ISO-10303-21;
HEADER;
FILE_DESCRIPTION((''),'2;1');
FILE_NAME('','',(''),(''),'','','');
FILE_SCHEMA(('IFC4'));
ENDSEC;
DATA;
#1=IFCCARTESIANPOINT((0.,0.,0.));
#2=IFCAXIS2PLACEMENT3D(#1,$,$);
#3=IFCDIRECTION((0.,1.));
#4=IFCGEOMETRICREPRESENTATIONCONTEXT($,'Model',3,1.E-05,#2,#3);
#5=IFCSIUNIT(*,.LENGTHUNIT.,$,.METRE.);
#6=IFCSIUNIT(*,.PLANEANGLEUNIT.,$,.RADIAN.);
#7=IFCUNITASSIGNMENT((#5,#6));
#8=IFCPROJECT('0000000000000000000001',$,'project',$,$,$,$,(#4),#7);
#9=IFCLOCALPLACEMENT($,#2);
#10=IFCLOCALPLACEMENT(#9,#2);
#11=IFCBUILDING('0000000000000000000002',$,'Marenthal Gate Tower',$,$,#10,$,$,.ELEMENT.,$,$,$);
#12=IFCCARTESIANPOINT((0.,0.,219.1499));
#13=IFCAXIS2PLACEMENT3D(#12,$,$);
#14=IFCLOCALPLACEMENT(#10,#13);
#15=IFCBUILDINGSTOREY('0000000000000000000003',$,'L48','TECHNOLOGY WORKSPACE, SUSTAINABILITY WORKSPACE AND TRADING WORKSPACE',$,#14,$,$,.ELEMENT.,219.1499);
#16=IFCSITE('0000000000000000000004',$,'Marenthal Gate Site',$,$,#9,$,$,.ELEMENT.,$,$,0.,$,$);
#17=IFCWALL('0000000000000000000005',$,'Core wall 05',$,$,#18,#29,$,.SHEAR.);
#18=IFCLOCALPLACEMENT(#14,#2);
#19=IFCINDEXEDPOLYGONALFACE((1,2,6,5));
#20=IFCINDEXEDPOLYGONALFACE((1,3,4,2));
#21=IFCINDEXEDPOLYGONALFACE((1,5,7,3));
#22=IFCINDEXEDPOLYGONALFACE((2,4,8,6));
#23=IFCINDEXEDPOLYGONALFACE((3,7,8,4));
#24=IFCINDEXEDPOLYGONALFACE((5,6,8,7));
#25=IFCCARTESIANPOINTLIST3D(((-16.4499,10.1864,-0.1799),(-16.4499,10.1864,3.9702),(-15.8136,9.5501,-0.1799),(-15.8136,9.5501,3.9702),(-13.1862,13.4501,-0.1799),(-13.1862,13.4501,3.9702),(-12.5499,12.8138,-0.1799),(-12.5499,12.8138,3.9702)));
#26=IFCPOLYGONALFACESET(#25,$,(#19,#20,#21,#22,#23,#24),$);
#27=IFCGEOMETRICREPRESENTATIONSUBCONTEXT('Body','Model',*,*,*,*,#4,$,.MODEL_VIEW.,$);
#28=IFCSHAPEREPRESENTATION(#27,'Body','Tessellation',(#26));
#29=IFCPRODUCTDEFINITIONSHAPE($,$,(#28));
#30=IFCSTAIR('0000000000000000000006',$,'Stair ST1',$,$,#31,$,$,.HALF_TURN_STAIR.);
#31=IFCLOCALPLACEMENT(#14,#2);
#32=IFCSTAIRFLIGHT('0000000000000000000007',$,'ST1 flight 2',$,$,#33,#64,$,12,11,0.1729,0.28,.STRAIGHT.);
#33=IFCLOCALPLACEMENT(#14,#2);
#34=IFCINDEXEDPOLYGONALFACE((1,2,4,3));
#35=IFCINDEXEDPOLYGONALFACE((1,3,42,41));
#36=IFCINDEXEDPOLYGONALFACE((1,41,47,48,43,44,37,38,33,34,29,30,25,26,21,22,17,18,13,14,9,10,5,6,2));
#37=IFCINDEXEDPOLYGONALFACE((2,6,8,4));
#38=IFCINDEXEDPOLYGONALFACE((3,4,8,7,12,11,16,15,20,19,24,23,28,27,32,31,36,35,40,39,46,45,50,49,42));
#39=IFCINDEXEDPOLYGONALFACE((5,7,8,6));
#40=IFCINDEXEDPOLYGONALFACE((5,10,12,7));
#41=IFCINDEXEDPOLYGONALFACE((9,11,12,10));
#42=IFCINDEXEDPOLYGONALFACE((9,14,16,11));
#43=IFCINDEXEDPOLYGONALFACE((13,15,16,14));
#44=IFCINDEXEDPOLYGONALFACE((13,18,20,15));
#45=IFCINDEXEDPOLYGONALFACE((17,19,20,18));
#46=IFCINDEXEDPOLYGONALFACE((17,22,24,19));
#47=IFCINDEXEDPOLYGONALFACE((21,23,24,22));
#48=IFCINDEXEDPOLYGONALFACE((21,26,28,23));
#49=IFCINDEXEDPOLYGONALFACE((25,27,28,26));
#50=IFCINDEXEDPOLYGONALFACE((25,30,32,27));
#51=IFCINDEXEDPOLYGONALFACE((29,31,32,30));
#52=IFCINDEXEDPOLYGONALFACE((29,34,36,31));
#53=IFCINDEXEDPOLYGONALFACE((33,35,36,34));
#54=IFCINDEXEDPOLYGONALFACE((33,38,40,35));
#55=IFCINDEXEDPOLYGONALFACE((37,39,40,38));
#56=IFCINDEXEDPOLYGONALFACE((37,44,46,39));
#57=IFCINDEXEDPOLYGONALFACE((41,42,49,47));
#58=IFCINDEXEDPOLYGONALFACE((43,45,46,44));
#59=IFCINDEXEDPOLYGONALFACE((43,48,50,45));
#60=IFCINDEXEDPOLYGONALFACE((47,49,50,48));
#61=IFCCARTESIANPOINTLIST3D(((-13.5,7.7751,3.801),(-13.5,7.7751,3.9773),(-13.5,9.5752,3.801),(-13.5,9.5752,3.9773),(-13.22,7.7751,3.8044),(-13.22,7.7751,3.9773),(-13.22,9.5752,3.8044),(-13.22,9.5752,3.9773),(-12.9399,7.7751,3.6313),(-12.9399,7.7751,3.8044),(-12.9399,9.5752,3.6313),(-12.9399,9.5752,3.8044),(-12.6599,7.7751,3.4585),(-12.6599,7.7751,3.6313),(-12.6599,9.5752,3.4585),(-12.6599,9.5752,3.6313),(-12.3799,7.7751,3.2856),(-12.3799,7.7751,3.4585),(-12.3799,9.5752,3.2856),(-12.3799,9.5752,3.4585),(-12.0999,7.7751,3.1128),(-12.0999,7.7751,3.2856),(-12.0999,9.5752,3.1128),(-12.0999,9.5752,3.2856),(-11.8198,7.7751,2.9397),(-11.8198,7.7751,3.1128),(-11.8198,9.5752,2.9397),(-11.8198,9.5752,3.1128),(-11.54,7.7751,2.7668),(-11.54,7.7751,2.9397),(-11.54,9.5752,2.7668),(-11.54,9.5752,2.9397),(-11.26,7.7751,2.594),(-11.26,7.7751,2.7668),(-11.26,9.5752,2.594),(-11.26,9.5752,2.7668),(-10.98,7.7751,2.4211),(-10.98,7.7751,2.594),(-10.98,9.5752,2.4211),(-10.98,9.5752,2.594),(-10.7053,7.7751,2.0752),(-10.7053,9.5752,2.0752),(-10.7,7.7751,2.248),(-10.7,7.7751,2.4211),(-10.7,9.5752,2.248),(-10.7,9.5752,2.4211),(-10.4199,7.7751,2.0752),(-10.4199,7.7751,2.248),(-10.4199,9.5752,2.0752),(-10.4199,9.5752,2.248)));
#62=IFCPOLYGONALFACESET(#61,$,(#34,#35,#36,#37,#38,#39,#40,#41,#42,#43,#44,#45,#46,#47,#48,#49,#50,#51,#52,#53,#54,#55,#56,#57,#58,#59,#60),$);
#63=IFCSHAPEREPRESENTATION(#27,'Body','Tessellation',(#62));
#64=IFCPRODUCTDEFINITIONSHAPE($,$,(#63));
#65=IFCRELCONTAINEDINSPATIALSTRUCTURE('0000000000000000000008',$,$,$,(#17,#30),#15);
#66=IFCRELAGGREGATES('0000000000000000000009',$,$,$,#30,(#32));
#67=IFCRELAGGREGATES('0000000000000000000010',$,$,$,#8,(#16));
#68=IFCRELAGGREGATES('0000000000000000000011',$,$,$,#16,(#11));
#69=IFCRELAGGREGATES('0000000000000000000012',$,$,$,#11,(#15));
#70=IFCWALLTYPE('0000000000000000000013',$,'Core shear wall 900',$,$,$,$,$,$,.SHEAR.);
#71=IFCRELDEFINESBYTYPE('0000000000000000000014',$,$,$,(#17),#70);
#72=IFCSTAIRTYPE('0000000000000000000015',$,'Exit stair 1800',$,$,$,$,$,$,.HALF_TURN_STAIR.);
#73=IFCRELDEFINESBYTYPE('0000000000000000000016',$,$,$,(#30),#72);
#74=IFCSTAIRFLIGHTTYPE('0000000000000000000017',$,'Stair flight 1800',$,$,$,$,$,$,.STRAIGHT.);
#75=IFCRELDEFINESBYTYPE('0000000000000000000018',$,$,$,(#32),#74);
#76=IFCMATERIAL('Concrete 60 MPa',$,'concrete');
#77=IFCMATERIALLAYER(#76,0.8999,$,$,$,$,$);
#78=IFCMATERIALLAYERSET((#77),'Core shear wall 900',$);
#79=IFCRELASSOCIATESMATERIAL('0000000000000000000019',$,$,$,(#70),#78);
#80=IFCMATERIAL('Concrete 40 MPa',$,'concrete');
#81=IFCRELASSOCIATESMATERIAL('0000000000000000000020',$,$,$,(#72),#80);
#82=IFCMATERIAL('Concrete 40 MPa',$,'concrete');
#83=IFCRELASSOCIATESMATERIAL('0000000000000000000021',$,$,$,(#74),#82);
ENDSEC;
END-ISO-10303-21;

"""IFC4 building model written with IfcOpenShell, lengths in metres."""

from ifc_helpers import new_model, si_unit, direction, frame, frame_2d, origin, place, context, subcontext, project, spatial, polyline, rectangle, outline, extrude, material, layer, layer_set, type_object, element, aggregate, save


model = new_model("IFC4")

# Units and contexts
model_context = context("Model", 3, precision=1e-05, world=origin(), true_north=direction((0.0, 1.0)))
body_context = subcontext(model_context, "Body", "Model", "MODEL_VIEW")
ifc_project = project(units=[si_unit("LENGTHUNIT", "METRE"), si_unit("PLANEANGLEUNIT", "RADIAN")], contexts=[model_context])

# Site, building, storey
site_placement = place(None, origin())
site = spatial("IfcSite", under=ifc_project, at=site_placement, Name="Marenthal Gate Site", CompositionType="ELEMENT", RefElevation=0.0)
building_placement = place(site_placement, origin())
building = spatial("IfcBuilding", under=site, at=building_placement, Name="Marenthal Gate Tower", CompositionType="ELEMENT")
storey_placement = place(building_placement, frame((0.0, 0.0, 219.1499)))
storey = spatial("IfcBuildingStorey", under=building, at=storey_placement, Name="L48", Description="TECHNOLOGY WORKSPACE, SUSTAINABILITY WORKSPACE AND TRADING WORKSPACE", CompositionType="ELEMENT", Elevation=219.1499)

# Wall
ifc_material_1 = material(Name="Concrete 60 MPa", Category="concrete")
ifc_layer_1 = layer(ifc_material_1, 0.8999)
ifc_layer_set_1 = layer_set([ifc_layer_1], Name="Core shear wall 900")
wall_type = type_object("IfcWallType", Name="Core shear wall 900", PredefinedType="SHEAR", material=ifc_layer_set_1)
wall_placement = place(storey_placement, frame((-12.8682, 13.1318, -0.1799), z_axis=(0.0, 0.0, 1.0), x_axis=(-0.707107, -0.707107, 0.0)))
element("IfcWall", 1, at=wall_placement, inside=storey, type_object=wall_type, Name="Core wall 05", PredefinedType="SHEAR", context=body_context, shape_type="SweptSolid", body=[
    extrude(rectangle(XDim=4.6155, YDim=0.8999, at=frame_2d((2.3076, 0.0))), origin(), (0.0, 0.0, 1.0), 4.1501),
])

# Stair, stair flight
ifc_material_2 = material(Name="Concrete 40 MPa", Category="concrete")
stair_type = type_object("IfcStairType", Name="Exit stair 1800", PredefinedType="HALF_TURN_STAIR", material=ifc_material_2)
stair_placement = place(storey_placement, origin())
stair = element("IfcStair", 2, at=stair_placement, inside=storey, type_object=stair_type, Name="Stair ST1", PredefinedType="HALF_TURN_STAIR")
ifc_material_3 = material(Name="Concrete 40 MPa", Category="concrete")
stair_flight_type = type_object("IfcStairFlightType", Name="Stair flight 1800", PredefinedType="STRAIGHT", material=ifc_material_3)
stair_flight_placement = place(storey_placement, frame((-10.4199, 8.675, 2.0752), z_axis=(0.0, 0.0, 1.0), x_axis=(-1.0, 0.0, 0.0)))
stair_flight = element("IfcStairFlight", 3, at=stair_flight_placement, type_object=stair_flight_type, Name="ST1 flight 2", NumberOfRisers=12, NumberOfTreads=11, PredefinedType="STRAIGHT", RiserHeight=0.1729, TreadLength=0.28, context=body_context, shape_type="SweptSolid", body=[
    extrude(outline(polyline([(0.0, 0.0), (0.0, 0.1729), (0.28, 0.1729), (0.28, 0.3459), (0.5601, 0.3459), (0.5601, 0.5188), (0.8401, 0.5188), (0.8401, 0.6917), (1.1201, 0.6917), (1.1201, 0.8645), (1.3999, 0.8645), (1.3999, 1.0376), (1.6799, 1.0376), (1.6799, 1.2104), (1.96, 1.2104), (1.96, 1.3833), (2.24, 1.3833), (2.24, 1.5562), (2.52, 1.5562), (2.52, 1.7292), (2.8, 1.7292), (2.8, 1.9021), (3.0801, 1.9021), (3.0801, 2.075), (3.0801, 1.7258), (0.2854, 0.0), (0.0, 0.0)])), frame((0.0, 0.8999, 0.0), z_axis=(0.0, -1.0, 0.0), x_axis=(1.0, 0.0, 0.0)), (0.0, 0.0, 1.0), 1.8),
])
aggregate(stair, [stair_flight])

save(model, "model.ifc")
